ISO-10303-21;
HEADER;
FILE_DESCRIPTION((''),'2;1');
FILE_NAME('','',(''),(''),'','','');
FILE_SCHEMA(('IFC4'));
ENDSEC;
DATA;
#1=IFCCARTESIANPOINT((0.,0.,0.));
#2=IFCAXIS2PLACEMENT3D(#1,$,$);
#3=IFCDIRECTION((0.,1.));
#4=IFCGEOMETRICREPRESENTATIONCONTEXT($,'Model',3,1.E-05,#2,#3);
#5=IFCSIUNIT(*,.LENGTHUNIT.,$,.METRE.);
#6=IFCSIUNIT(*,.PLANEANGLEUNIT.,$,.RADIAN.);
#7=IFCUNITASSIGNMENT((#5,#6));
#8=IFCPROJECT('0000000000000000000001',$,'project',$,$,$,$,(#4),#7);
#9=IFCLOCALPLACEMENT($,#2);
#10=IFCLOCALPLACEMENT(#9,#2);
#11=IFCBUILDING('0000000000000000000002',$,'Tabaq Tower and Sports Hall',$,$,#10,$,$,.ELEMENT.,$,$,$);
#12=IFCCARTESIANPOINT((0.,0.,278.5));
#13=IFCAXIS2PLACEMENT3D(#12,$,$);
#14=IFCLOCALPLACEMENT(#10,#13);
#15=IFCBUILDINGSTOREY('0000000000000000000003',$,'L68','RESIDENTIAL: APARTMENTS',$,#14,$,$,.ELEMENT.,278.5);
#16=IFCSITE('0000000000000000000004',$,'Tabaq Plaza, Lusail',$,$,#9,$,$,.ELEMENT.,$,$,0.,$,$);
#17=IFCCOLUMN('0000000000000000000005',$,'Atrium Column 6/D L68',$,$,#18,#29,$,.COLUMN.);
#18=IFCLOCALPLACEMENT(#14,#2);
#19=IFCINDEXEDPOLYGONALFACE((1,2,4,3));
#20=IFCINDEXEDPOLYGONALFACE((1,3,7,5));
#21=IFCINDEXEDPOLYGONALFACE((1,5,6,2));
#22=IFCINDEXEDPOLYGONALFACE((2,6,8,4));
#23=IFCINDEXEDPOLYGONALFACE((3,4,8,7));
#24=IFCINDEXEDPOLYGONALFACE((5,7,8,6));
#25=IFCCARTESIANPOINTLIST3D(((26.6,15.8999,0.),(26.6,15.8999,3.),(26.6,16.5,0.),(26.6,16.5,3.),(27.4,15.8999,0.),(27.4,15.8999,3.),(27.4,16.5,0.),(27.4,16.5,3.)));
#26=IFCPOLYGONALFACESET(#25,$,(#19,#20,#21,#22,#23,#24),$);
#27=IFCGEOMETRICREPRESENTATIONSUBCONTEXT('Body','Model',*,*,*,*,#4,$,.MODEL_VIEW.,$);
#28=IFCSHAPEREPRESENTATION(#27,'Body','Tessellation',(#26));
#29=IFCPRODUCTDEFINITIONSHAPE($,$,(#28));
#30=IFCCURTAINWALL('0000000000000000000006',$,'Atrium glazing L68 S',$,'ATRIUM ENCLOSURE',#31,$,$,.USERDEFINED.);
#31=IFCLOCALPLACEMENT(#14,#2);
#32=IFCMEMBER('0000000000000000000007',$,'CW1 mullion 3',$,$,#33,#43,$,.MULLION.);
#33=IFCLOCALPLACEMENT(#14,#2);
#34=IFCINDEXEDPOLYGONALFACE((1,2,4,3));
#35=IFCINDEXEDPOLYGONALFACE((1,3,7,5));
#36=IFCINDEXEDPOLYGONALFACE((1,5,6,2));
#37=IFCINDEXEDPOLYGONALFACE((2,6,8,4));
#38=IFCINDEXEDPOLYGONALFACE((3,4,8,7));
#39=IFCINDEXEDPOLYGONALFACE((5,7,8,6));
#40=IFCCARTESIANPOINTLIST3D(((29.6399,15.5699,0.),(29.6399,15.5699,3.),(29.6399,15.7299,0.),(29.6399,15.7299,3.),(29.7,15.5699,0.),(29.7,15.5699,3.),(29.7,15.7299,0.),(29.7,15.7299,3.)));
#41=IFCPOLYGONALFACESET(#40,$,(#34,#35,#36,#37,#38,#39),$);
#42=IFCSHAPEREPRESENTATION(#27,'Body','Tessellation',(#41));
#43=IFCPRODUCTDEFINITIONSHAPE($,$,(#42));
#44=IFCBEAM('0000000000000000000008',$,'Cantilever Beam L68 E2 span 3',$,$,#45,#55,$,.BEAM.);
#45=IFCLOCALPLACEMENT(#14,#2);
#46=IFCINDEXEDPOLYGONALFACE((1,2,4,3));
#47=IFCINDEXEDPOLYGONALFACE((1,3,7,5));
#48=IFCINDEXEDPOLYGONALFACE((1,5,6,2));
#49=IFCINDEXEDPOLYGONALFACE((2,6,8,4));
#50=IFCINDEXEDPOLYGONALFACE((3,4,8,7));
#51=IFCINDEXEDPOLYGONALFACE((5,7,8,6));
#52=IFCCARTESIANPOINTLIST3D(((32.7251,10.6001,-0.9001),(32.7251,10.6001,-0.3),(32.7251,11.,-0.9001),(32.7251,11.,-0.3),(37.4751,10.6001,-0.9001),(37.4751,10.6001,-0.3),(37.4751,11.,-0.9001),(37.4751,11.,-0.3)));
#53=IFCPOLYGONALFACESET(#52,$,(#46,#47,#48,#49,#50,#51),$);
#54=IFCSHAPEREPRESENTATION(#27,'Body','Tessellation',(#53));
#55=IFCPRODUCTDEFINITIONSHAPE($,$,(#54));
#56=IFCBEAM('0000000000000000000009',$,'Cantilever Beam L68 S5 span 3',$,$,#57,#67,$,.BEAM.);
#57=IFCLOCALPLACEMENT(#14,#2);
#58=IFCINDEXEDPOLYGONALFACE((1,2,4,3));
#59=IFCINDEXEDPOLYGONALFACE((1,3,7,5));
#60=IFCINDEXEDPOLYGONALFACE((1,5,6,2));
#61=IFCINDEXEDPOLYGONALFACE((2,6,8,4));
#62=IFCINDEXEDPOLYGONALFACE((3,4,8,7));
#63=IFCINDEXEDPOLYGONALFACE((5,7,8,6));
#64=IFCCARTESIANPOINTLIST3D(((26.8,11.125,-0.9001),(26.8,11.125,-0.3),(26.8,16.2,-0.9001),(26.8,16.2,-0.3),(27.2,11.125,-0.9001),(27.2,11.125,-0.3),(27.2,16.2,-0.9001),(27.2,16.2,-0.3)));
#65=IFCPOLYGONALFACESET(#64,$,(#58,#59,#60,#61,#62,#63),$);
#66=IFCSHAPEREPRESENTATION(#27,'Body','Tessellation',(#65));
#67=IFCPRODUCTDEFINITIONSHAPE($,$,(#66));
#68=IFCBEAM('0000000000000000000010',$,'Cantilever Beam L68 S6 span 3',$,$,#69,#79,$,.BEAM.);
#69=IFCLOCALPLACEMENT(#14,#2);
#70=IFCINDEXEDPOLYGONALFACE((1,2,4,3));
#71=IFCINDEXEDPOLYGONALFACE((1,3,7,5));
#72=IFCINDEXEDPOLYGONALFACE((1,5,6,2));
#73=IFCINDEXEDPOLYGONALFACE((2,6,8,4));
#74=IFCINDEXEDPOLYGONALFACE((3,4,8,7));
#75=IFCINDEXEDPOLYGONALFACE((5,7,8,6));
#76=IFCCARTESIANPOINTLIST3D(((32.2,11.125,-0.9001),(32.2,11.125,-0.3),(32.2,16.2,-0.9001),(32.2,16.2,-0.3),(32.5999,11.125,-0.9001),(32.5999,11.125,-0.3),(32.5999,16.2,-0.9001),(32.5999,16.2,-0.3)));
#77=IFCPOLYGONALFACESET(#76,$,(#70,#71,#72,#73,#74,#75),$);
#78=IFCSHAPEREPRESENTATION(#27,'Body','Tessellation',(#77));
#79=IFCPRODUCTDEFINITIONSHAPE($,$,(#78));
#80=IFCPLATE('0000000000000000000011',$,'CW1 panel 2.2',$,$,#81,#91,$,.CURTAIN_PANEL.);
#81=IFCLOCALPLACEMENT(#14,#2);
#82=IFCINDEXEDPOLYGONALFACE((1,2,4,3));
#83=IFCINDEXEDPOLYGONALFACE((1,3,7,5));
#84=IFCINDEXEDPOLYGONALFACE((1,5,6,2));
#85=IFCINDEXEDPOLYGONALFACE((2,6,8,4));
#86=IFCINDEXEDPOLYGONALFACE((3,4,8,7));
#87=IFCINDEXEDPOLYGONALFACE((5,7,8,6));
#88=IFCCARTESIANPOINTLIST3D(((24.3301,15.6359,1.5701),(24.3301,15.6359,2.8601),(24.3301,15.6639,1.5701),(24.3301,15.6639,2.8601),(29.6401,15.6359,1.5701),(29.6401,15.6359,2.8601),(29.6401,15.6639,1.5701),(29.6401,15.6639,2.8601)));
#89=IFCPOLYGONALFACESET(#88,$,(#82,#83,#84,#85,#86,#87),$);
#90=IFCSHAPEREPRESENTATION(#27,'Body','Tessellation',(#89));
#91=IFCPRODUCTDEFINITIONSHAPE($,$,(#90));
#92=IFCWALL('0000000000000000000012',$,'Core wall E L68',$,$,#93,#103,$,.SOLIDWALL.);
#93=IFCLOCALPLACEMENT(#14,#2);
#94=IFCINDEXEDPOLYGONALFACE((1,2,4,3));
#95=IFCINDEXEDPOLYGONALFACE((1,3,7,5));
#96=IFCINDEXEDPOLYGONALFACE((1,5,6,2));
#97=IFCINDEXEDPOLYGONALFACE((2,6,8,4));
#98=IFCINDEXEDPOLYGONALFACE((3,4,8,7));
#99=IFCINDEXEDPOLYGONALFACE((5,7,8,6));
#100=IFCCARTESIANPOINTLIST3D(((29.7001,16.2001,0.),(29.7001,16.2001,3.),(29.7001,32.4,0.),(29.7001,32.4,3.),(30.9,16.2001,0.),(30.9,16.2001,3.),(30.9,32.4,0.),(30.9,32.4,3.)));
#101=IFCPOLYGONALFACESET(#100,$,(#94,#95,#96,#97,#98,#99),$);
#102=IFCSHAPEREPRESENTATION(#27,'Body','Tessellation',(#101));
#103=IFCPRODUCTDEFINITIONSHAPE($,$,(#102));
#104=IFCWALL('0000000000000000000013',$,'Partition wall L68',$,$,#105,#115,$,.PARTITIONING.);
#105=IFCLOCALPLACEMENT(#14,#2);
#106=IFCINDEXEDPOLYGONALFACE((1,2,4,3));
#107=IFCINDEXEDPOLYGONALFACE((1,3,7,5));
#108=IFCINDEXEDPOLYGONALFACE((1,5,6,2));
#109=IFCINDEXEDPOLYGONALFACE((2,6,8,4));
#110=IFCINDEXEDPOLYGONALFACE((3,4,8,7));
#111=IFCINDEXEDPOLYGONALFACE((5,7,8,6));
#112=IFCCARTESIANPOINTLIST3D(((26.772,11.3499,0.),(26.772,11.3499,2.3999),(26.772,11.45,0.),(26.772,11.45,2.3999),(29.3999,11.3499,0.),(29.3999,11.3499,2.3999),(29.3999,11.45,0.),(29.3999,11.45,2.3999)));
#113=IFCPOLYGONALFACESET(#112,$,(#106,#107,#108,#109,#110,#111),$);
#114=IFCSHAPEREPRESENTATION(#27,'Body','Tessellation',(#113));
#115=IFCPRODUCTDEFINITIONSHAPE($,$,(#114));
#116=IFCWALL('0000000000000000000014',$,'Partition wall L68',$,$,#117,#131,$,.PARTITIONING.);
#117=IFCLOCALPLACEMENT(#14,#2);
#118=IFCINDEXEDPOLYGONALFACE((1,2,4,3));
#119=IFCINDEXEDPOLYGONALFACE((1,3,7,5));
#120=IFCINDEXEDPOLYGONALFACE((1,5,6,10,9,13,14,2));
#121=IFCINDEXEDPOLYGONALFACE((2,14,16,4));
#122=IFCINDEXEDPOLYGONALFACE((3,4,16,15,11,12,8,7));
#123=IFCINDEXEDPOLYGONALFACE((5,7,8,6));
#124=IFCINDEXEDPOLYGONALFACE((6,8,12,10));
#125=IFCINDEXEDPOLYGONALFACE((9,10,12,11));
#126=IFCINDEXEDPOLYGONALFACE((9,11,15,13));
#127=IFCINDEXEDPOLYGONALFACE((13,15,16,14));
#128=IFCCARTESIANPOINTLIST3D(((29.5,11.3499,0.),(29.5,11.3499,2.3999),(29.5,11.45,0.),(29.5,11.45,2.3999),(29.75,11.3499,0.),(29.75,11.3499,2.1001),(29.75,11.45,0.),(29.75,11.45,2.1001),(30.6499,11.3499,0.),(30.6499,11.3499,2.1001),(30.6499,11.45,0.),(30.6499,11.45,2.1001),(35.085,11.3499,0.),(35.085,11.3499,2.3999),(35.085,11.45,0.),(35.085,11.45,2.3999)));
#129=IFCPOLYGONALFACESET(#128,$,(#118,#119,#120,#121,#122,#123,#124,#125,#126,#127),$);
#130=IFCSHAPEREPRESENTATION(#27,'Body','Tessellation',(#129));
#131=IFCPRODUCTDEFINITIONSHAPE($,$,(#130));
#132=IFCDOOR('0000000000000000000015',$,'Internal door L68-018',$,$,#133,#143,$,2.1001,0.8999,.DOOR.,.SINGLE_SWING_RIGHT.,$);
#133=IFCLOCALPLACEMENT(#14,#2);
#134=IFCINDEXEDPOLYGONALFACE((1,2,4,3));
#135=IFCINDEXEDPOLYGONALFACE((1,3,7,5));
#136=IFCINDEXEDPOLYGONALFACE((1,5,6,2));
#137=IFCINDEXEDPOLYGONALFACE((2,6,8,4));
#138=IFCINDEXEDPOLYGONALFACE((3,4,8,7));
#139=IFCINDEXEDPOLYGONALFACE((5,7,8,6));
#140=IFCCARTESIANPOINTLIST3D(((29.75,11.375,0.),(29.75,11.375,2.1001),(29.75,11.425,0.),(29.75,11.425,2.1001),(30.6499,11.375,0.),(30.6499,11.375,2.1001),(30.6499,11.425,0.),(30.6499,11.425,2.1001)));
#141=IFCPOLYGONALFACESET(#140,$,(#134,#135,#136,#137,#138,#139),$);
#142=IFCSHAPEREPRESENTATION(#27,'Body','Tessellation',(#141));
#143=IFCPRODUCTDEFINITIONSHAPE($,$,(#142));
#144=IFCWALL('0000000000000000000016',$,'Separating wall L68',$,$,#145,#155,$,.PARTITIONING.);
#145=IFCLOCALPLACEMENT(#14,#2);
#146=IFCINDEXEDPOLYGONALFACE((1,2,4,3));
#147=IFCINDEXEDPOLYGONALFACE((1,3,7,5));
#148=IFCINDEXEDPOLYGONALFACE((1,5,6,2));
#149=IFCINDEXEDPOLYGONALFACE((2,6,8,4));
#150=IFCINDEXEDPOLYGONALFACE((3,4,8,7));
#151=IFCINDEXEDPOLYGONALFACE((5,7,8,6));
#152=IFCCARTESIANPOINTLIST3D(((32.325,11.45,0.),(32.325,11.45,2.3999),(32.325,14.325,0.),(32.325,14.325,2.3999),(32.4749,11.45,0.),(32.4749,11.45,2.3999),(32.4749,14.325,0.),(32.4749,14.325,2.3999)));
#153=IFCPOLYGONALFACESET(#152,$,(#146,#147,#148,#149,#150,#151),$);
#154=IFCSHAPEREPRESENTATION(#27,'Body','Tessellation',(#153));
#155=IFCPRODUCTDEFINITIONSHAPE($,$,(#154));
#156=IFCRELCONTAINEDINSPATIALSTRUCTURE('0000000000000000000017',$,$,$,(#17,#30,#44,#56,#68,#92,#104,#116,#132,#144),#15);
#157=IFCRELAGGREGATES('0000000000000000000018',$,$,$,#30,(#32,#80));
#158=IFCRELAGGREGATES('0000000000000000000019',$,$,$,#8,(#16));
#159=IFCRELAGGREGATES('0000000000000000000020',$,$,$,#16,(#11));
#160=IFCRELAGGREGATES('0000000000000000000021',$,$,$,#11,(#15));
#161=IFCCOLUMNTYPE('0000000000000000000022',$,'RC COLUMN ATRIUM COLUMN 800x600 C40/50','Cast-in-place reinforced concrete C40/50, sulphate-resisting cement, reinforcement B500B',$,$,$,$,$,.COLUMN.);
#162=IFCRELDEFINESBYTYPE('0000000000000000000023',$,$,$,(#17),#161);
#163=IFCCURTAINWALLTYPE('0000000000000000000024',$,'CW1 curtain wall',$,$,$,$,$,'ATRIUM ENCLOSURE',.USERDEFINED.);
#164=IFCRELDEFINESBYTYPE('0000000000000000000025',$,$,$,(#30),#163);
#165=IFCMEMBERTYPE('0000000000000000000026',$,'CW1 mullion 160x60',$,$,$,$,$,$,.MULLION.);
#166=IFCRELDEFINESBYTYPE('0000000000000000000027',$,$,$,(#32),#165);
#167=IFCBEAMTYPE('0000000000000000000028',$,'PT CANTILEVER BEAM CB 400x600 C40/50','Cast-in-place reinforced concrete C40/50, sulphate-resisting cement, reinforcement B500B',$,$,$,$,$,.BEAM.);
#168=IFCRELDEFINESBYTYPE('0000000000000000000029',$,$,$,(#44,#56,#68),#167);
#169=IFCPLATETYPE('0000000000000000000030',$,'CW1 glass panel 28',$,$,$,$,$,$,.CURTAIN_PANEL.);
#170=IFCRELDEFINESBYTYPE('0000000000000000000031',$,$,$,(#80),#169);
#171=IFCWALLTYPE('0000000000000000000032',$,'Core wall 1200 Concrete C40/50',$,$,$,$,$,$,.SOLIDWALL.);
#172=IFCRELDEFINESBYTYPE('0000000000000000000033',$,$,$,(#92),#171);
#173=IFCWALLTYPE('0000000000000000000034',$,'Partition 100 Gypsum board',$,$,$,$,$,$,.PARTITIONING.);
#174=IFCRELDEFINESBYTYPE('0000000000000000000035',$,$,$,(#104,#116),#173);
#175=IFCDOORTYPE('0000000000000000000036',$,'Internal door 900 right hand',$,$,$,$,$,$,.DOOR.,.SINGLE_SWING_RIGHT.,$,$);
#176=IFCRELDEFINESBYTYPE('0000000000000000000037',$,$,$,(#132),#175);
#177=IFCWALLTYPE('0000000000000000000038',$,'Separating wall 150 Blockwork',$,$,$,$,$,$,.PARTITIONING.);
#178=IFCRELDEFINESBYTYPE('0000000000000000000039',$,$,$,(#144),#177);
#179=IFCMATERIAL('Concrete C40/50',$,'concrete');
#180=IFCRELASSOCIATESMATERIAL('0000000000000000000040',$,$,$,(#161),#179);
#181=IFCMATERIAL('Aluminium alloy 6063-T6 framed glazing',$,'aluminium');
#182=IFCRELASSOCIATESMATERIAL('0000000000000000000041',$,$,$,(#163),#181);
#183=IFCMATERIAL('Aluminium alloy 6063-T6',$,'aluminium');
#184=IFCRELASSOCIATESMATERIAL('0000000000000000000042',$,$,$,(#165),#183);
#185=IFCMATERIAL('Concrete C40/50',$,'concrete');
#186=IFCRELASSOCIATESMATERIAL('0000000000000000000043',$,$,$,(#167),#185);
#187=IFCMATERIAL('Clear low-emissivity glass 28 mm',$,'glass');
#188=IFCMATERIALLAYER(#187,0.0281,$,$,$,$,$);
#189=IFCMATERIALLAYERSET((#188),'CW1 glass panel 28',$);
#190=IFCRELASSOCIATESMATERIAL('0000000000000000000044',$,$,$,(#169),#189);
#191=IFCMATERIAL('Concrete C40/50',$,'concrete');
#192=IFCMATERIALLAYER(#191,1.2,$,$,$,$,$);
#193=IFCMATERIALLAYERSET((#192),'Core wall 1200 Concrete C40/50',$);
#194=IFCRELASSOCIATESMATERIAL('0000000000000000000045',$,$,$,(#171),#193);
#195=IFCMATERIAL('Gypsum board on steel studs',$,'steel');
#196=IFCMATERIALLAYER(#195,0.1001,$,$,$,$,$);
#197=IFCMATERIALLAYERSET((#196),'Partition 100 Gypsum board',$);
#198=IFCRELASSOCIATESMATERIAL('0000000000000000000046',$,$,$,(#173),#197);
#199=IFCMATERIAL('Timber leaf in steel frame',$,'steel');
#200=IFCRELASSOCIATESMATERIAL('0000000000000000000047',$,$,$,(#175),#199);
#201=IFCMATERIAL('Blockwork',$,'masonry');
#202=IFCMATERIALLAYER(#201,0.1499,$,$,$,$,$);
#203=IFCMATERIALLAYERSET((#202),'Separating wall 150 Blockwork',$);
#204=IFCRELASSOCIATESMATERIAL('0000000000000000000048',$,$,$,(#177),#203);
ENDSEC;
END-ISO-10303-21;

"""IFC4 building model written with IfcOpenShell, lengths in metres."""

from ifc_helpers import new_model, si_unit, direction, frame, frame_2d, origin, origin_2d, place, context, subcontext, project, spatial, rectangle, extrude, material, layer, layer_set, material_profile, profile_set, type_object, element, fill, aggregate, save


model = new_model("IFC4")

# Units and contexts
model_context = context("Model", 3, precision=1e-05, world=origin(), true_north=direction((0.0, 1.0)))
body_context = subcontext(model_context, "Body", "Model", "MODEL_VIEW")
ifc_project = project(units=[si_unit("LENGTHUNIT", "METRE"), si_unit("PLANEANGLEUNIT", "RADIAN")], contexts=[model_context])

# Site, building, storey
site_placement = place(None, origin())
site = spatial("IfcSite", under=ifc_project, at=site_placement, Name="Tabaq Plaza, Lusail", CompositionType="ELEMENT", RefElevation=0.0)
building_placement = place(site_placement, origin())
building = spatial("IfcBuilding", under=site, at=building_placement, Name="Tabaq Tower and Sports Hall", CompositionType="ELEMENT")
storey_placement = place(building_placement, frame((0.0, 0.0, 278.5)))
storey = spatial("IfcBuildingStorey", under=building, at=storey_placement, Name="L68", Description="RESIDENTIAL: APARTMENTS", CompositionType="ELEMENT", Elevation=278.5)

# Column
ifc_material_1 = material(Name="Concrete C40/50", Category="concrete")
ifc_material_profile_1 = material_profile(ifc_material_1, rectangle(XDim=0.8, YDim=0.6001, at=origin_2d()), Name="ATRIUM COLUMN 800x600")
ifc_profile_set_1 = profile_set([ifc_material_profile_1], Name="Concrete C40/50")
column_type = type_object("IfcColumnType", Name="RC COLUMN ATRIUM COLUMN 800x600 C40/50", Description="Cast-in-place reinforced concrete C40/50, sulphate-resisting cement, reinforcement B500B", PredefinedType="COLUMN", material=ifc_profile_set_1)
column_placement = place(storey_placement, frame((27.0, 16.2, 0.0), z_axis=(0.0, 0.0, 1.0), x_axis=(1.0, 0.0, 0.0)))
element("IfcColumn", 1, at=column_placement, inside=storey, type_object=column_type, Name="Atrium Column 6/D L68", PredefinedType="COLUMN", context=body_context, shape_type="SweptSolid", body=[
    extrude(rectangle(XDim=0.8, YDim=0.6001, at=origin_2d()), origin(), (0.0, 0.0, 1.0), 3.0),
])

# Curtain wall, member
ifc_material_2 = material(Name="Aluminium alloy 6063-T6 framed glazing", Category="aluminium")
curtain_wall_type = type_object("IfcCurtainWallType", Name="CW1 curtain wall", ElementType="ATRIUM ENCLOSURE", PredefinedType="USERDEFINED", material=ifc_material_2)
curtain_wall_placement = place(storey_placement, origin())
curtain_wall = element("IfcCurtainWall", 2, at=curtain_wall_placement, inside=storey, type_object=curtain_wall_type, Name="Atrium glazing L68 S", ObjectType="ATRIUM ENCLOSURE", PredefinedType="USERDEFINED")
ifc_material_3 = material(Name="Aluminium alloy 6063-T6", Category="aluminium")
ifc_material_profile_2 = material_profile(ifc_material_3, rectangle(XDim=0.1599, YDim=0.0601, at=origin_2d()), Name="MULLION 160x60")
ifc_profile_set_2 = profile_set([ifc_material_profile_2], Name="Aluminium alloy 6063-T6")
member_type = type_object("IfcMemberType", Name="CW1 mullion 160x60", PredefinedType="MULLION", material=ifc_profile_set_2)
member_placement = place(storey_placement, frame((29.6699, 15.6499, 0.0), z_axis=(0.0, 0.0, 1.0), x_axis=(0.0, 1.0, 0.0)))
member = element("IfcMember", 3, at=member_placement, type_object=member_type, Name="CW1 mullion 3", PredefinedType="MULLION", context=body_context, shape_type="SweptSolid", body=[
    extrude(rectangle(XDim=0.1599, YDim=0.0601, at=origin_2d()), origin(), (0.0, 0.0, 1.0), 3.0),
])

# Beams
ifc_material_4 = material(Name="Concrete C40/50", Category="concrete")
ifc_material_profile_3 = material_profile(ifc_material_4, rectangle(XDim=0.3999, YDim=0.6001, at=origin_2d()), Name="CB 400x600")
ifc_profile_set_3 = profile_set([ifc_material_profile_3], Name="Concrete C40/50")
beam_type = type_object("IfcBeamType", Name="PT CANTILEVER BEAM CB 400x600 C40/50", Description="Cast-in-place reinforced concrete C40/50, sulphate-resisting cement, reinforcement B500B", PredefinedType="BEAM", material=ifc_profile_set_3)
beam_placement = place(storey_placement, frame((37.4751, 10.8, -0.6001), z_axis=(-1.0, 0.0, 0.0), x_axis=(0.0, -1.0, 0.0)))
element("IfcBeam", 4, at=beam_placement, inside=storey, type_object=beam_type, Name="Cantilever Beam L68 E2 span 3", PredefinedType="BEAM", context=body_context, shape_type="SweptSolid", body=[
    extrude(rectangle(XDim=0.3999, YDim=0.6001, at=origin_2d()), origin(), (0.0, 0.0, 1.0), 4.75),
])
for number, where, z_axis, x_axis, name in (
    (5, (27.0, 11.125, -0.6001), (0.0, 1.0, 0.0), (-1.0, 0.0, 0.0), "Cantilever Beam L68 S5 span 3"),
    (6, (32.3999, 11.125, -0.6001), (0.0, 1.0, 0.0), (-1.0, 0.0, 0.0), "Cantilever Beam L68 S6 span 3"),
):
    element("IfcBeam", number, at=place(storey_placement, frame(where, z_axis=z_axis, x_axis=x_axis)), inside=storey, type_object=beam_type, Name=name, PredefinedType="BEAM", context=body_context, shape_type="SweptSolid", body=[
        extrude(rectangle(XDim=0.3999, YDim=0.6001, at=origin_2d()), origin(), (0.0, 0.0, 1.0), 5.075),
    ])

# Plate
ifc_material_5 = material(Name="Clear low-emissivity glass 28 mm", Category="glass")
ifc_layer_1 = layer(ifc_material_5, 0.0281)
ifc_layer_set_1 = layer_set([ifc_layer_1], Name="CW1 glass panel 28")
plate_type = type_object("IfcPlateType", Name="CW1 glass panel 28", PredefinedType="CURTAIN_PANEL", material=ifc_layer_set_1)
plate_placement = place(storey_placement, frame((26.9851, 15.6499, 1.5701), z_axis=(0.0, 0.0, 1.0), x_axis=(1.0, 0.0, 0.0)))
plate = element("IfcPlate", 7, at=plate_placement, type_object=plate_type, Name="CW1 panel 2.2", PredefinedType="CURTAIN_PANEL", context=body_context, shape_type="SweptSolid", body=[
    extrude(rectangle(XDim=5.3101, YDim=0.0281, at=origin_2d()), origin(), (0.0, 0.0, 1.0), 1.29),
])
aggregate(curtain_wall, [member, plate])

# Walls
ifc_material_6 = material(Name="Concrete C40/50", Category="concrete")
ifc_layer_2 = layer(ifc_material_6, 1.2)
ifc_layer_set_2 = layer_set([ifc_layer_2], Name="Core wall 1200 Concrete C40/50")
wall_type_1 = type_object("IfcWallType", Name="Core wall 1200 Concrete C40/50", PredefinedType="SOLIDWALL", material=ifc_layer_set_2)
wall_1_placement = place(storey_placement, frame((30.3, 16.2, 0.0), z_axis=(0.0, 0.0, 1.0), x_axis=(0.0, 1.0, 0.0)))
element("IfcWall", 8, at=wall_1_placement, inside=storey, type_object=wall_type_1, Name="Core wall E L68", PredefinedType="SOLIDWALL", context=body_context, shape_type="SweptSolid", body=[
    extrude(rectangle(XDim=16.2, YDim=1.2, at=frame_2d((8.1001, 0.0))), origin(), (0.0, 0.0, 1.0), 3.0),
])
ifc_material_7 = material(Name="Gypsum board on steel studs", Category="steel")
ifc_layer_3 = layer(ifc_material_7, 0.1001)
ifc_layer_set_3 = layer_set([ifc_layer_3], Name="Partition 100 Gypsum board")
wall_type_2 = type_object("IfcWallType", Name="Partition 100 Gypsum board", PredefinedType="PARTITIONING", material=ifc_layer_set_3)
wall_2_placement = place(storey_placement, frame((29.3999, 11.3999, 0.0), z_axis=(0.0, 0.0, 1.0), x_axis=(-1.0, 0.0, 0.0)))
element("IfcWall", 9, at=wall_2_placement, inside=storey, type_object=wall_type_2, Name="Partition wall L68", PredefinedType="PARTITIONING", context=body_context, shape_type="SweptSolid", body=[
    extrude(rectangle(XDim=2.6279, YDim=0.1001, at=frame_2d((1.314, 0.0))), origin(), (0.0, 0.0, 1.0), 2.3999),
])

# Wall, opening, door
wall_3_placement = place(storey_placement, frame((35.085, 11.3999, 0.0), z_axis=(0.0, 0.0, 1.0), x_axis=(-1.0, 0.0, 0.0)))
wall_3 = element("IfcWall", 10, at=wall_3_placement, inside=storey, type_object=wall_type_2, Name="Partition wall L68", PredefinedType="PARTITIONING", context=body_context, shape_type="SweptSolid", body=[
    extrude(rectangle(XDim=5.585, YDim=0.1001, at=frame_2d((2.7925, 0.0))), origin(), (0.0, 0.0, 1.0), 2.3999),
])
opening_1_placement = place(wall_3_placement, frame((4.4351, 0.0, 0.0)))
opening_1 = element("IfcOpeningElement", 11, at=opening_1_placement, cuts=wall_3, PredefinedType="OPENING", context=body_context, shape_type="SweptSolid", body=[
    extrude(rectangle(XDim=0.8999, YDim=2.1001, at=frame_2d((0.45, 1.05))), frame((0.0, 0.05, 0.0), z_axis=(0.0, -1.0, 0.0), x_axis=(1.0, 0.0, 0.0)), (0.0, 0.0, 1.0), 0.1001),
])
ifc_material_8 = material(Name="Timber leaf in steel frame", Category="steel")
door_type_1 = type_object("IfcDoorType", Name="Internal door 900 right hand", OperationType="SINGLE_SWING_RIGHT", PredefinedType="DOOR", material=ifc_material_8)
door_1_placement = place(opening_1_placement, origin())
door_1 = element("IfcDoor", 12, at=door_1_placement, inside=storey, type_object=door_type_1, Name="Internal door L68-018", OperationType="SINGLE_SWING_RIGHT", OverallHeight=2.1001, OverallWidth=0.8999, PredefinedType="DOOR", context=body_context, shape_type="SweptSolid", body=[
    extrude(rectangle(XDim=0.8999, YDim=2.1001, at=frame_2d((0.45, 1.05))), frame((0.0, 0.0249, 0.0), z_axis=(0.0, -1.0, 0.0), x_axis=(1.0, 0.0, 0.0)), (0.0, 0.0, 1.0), 0.05),
])
fill(opening_1, door_1)

# Wall
ifc_material_9 = material(Name="Blockwork", Category="masonry")
ifc_layer_4 = layer(ifc_material_9, 0.1499)
ifc_layer_set_4 = layer_set([ifc_layer_4], Name="Separating wall 150 Blockwork")
wall_type_3 = type_object("IfcWallType", Name="Separating wall 150 Blockwork", PredefinedType="PARTITIONING", material=ifc_layer_set_4)
wall_4_placement = place(storey_placement, frame((32.3999, 11.45, 0.0), z_axis=(0.0, 0.0, 1.0), x_axis=(0.0, 1.0, 0.0)))
element("IfcWall", 13, at=wall_4_placement, inside=storey, type_object=wall_type_3, Name="Separating wall L68", PredefinedType="PARTITIONING", context=body_context, shape_type="SweptSolid", body=[
    extrude(rectangle(XDim=2.875, YDim=0.1499, at=frame_2d((1.4375, 0.0))), origin(), (0.0, 0.0, 1.0), 2.3999),
])

save(model, "model.ifc")
